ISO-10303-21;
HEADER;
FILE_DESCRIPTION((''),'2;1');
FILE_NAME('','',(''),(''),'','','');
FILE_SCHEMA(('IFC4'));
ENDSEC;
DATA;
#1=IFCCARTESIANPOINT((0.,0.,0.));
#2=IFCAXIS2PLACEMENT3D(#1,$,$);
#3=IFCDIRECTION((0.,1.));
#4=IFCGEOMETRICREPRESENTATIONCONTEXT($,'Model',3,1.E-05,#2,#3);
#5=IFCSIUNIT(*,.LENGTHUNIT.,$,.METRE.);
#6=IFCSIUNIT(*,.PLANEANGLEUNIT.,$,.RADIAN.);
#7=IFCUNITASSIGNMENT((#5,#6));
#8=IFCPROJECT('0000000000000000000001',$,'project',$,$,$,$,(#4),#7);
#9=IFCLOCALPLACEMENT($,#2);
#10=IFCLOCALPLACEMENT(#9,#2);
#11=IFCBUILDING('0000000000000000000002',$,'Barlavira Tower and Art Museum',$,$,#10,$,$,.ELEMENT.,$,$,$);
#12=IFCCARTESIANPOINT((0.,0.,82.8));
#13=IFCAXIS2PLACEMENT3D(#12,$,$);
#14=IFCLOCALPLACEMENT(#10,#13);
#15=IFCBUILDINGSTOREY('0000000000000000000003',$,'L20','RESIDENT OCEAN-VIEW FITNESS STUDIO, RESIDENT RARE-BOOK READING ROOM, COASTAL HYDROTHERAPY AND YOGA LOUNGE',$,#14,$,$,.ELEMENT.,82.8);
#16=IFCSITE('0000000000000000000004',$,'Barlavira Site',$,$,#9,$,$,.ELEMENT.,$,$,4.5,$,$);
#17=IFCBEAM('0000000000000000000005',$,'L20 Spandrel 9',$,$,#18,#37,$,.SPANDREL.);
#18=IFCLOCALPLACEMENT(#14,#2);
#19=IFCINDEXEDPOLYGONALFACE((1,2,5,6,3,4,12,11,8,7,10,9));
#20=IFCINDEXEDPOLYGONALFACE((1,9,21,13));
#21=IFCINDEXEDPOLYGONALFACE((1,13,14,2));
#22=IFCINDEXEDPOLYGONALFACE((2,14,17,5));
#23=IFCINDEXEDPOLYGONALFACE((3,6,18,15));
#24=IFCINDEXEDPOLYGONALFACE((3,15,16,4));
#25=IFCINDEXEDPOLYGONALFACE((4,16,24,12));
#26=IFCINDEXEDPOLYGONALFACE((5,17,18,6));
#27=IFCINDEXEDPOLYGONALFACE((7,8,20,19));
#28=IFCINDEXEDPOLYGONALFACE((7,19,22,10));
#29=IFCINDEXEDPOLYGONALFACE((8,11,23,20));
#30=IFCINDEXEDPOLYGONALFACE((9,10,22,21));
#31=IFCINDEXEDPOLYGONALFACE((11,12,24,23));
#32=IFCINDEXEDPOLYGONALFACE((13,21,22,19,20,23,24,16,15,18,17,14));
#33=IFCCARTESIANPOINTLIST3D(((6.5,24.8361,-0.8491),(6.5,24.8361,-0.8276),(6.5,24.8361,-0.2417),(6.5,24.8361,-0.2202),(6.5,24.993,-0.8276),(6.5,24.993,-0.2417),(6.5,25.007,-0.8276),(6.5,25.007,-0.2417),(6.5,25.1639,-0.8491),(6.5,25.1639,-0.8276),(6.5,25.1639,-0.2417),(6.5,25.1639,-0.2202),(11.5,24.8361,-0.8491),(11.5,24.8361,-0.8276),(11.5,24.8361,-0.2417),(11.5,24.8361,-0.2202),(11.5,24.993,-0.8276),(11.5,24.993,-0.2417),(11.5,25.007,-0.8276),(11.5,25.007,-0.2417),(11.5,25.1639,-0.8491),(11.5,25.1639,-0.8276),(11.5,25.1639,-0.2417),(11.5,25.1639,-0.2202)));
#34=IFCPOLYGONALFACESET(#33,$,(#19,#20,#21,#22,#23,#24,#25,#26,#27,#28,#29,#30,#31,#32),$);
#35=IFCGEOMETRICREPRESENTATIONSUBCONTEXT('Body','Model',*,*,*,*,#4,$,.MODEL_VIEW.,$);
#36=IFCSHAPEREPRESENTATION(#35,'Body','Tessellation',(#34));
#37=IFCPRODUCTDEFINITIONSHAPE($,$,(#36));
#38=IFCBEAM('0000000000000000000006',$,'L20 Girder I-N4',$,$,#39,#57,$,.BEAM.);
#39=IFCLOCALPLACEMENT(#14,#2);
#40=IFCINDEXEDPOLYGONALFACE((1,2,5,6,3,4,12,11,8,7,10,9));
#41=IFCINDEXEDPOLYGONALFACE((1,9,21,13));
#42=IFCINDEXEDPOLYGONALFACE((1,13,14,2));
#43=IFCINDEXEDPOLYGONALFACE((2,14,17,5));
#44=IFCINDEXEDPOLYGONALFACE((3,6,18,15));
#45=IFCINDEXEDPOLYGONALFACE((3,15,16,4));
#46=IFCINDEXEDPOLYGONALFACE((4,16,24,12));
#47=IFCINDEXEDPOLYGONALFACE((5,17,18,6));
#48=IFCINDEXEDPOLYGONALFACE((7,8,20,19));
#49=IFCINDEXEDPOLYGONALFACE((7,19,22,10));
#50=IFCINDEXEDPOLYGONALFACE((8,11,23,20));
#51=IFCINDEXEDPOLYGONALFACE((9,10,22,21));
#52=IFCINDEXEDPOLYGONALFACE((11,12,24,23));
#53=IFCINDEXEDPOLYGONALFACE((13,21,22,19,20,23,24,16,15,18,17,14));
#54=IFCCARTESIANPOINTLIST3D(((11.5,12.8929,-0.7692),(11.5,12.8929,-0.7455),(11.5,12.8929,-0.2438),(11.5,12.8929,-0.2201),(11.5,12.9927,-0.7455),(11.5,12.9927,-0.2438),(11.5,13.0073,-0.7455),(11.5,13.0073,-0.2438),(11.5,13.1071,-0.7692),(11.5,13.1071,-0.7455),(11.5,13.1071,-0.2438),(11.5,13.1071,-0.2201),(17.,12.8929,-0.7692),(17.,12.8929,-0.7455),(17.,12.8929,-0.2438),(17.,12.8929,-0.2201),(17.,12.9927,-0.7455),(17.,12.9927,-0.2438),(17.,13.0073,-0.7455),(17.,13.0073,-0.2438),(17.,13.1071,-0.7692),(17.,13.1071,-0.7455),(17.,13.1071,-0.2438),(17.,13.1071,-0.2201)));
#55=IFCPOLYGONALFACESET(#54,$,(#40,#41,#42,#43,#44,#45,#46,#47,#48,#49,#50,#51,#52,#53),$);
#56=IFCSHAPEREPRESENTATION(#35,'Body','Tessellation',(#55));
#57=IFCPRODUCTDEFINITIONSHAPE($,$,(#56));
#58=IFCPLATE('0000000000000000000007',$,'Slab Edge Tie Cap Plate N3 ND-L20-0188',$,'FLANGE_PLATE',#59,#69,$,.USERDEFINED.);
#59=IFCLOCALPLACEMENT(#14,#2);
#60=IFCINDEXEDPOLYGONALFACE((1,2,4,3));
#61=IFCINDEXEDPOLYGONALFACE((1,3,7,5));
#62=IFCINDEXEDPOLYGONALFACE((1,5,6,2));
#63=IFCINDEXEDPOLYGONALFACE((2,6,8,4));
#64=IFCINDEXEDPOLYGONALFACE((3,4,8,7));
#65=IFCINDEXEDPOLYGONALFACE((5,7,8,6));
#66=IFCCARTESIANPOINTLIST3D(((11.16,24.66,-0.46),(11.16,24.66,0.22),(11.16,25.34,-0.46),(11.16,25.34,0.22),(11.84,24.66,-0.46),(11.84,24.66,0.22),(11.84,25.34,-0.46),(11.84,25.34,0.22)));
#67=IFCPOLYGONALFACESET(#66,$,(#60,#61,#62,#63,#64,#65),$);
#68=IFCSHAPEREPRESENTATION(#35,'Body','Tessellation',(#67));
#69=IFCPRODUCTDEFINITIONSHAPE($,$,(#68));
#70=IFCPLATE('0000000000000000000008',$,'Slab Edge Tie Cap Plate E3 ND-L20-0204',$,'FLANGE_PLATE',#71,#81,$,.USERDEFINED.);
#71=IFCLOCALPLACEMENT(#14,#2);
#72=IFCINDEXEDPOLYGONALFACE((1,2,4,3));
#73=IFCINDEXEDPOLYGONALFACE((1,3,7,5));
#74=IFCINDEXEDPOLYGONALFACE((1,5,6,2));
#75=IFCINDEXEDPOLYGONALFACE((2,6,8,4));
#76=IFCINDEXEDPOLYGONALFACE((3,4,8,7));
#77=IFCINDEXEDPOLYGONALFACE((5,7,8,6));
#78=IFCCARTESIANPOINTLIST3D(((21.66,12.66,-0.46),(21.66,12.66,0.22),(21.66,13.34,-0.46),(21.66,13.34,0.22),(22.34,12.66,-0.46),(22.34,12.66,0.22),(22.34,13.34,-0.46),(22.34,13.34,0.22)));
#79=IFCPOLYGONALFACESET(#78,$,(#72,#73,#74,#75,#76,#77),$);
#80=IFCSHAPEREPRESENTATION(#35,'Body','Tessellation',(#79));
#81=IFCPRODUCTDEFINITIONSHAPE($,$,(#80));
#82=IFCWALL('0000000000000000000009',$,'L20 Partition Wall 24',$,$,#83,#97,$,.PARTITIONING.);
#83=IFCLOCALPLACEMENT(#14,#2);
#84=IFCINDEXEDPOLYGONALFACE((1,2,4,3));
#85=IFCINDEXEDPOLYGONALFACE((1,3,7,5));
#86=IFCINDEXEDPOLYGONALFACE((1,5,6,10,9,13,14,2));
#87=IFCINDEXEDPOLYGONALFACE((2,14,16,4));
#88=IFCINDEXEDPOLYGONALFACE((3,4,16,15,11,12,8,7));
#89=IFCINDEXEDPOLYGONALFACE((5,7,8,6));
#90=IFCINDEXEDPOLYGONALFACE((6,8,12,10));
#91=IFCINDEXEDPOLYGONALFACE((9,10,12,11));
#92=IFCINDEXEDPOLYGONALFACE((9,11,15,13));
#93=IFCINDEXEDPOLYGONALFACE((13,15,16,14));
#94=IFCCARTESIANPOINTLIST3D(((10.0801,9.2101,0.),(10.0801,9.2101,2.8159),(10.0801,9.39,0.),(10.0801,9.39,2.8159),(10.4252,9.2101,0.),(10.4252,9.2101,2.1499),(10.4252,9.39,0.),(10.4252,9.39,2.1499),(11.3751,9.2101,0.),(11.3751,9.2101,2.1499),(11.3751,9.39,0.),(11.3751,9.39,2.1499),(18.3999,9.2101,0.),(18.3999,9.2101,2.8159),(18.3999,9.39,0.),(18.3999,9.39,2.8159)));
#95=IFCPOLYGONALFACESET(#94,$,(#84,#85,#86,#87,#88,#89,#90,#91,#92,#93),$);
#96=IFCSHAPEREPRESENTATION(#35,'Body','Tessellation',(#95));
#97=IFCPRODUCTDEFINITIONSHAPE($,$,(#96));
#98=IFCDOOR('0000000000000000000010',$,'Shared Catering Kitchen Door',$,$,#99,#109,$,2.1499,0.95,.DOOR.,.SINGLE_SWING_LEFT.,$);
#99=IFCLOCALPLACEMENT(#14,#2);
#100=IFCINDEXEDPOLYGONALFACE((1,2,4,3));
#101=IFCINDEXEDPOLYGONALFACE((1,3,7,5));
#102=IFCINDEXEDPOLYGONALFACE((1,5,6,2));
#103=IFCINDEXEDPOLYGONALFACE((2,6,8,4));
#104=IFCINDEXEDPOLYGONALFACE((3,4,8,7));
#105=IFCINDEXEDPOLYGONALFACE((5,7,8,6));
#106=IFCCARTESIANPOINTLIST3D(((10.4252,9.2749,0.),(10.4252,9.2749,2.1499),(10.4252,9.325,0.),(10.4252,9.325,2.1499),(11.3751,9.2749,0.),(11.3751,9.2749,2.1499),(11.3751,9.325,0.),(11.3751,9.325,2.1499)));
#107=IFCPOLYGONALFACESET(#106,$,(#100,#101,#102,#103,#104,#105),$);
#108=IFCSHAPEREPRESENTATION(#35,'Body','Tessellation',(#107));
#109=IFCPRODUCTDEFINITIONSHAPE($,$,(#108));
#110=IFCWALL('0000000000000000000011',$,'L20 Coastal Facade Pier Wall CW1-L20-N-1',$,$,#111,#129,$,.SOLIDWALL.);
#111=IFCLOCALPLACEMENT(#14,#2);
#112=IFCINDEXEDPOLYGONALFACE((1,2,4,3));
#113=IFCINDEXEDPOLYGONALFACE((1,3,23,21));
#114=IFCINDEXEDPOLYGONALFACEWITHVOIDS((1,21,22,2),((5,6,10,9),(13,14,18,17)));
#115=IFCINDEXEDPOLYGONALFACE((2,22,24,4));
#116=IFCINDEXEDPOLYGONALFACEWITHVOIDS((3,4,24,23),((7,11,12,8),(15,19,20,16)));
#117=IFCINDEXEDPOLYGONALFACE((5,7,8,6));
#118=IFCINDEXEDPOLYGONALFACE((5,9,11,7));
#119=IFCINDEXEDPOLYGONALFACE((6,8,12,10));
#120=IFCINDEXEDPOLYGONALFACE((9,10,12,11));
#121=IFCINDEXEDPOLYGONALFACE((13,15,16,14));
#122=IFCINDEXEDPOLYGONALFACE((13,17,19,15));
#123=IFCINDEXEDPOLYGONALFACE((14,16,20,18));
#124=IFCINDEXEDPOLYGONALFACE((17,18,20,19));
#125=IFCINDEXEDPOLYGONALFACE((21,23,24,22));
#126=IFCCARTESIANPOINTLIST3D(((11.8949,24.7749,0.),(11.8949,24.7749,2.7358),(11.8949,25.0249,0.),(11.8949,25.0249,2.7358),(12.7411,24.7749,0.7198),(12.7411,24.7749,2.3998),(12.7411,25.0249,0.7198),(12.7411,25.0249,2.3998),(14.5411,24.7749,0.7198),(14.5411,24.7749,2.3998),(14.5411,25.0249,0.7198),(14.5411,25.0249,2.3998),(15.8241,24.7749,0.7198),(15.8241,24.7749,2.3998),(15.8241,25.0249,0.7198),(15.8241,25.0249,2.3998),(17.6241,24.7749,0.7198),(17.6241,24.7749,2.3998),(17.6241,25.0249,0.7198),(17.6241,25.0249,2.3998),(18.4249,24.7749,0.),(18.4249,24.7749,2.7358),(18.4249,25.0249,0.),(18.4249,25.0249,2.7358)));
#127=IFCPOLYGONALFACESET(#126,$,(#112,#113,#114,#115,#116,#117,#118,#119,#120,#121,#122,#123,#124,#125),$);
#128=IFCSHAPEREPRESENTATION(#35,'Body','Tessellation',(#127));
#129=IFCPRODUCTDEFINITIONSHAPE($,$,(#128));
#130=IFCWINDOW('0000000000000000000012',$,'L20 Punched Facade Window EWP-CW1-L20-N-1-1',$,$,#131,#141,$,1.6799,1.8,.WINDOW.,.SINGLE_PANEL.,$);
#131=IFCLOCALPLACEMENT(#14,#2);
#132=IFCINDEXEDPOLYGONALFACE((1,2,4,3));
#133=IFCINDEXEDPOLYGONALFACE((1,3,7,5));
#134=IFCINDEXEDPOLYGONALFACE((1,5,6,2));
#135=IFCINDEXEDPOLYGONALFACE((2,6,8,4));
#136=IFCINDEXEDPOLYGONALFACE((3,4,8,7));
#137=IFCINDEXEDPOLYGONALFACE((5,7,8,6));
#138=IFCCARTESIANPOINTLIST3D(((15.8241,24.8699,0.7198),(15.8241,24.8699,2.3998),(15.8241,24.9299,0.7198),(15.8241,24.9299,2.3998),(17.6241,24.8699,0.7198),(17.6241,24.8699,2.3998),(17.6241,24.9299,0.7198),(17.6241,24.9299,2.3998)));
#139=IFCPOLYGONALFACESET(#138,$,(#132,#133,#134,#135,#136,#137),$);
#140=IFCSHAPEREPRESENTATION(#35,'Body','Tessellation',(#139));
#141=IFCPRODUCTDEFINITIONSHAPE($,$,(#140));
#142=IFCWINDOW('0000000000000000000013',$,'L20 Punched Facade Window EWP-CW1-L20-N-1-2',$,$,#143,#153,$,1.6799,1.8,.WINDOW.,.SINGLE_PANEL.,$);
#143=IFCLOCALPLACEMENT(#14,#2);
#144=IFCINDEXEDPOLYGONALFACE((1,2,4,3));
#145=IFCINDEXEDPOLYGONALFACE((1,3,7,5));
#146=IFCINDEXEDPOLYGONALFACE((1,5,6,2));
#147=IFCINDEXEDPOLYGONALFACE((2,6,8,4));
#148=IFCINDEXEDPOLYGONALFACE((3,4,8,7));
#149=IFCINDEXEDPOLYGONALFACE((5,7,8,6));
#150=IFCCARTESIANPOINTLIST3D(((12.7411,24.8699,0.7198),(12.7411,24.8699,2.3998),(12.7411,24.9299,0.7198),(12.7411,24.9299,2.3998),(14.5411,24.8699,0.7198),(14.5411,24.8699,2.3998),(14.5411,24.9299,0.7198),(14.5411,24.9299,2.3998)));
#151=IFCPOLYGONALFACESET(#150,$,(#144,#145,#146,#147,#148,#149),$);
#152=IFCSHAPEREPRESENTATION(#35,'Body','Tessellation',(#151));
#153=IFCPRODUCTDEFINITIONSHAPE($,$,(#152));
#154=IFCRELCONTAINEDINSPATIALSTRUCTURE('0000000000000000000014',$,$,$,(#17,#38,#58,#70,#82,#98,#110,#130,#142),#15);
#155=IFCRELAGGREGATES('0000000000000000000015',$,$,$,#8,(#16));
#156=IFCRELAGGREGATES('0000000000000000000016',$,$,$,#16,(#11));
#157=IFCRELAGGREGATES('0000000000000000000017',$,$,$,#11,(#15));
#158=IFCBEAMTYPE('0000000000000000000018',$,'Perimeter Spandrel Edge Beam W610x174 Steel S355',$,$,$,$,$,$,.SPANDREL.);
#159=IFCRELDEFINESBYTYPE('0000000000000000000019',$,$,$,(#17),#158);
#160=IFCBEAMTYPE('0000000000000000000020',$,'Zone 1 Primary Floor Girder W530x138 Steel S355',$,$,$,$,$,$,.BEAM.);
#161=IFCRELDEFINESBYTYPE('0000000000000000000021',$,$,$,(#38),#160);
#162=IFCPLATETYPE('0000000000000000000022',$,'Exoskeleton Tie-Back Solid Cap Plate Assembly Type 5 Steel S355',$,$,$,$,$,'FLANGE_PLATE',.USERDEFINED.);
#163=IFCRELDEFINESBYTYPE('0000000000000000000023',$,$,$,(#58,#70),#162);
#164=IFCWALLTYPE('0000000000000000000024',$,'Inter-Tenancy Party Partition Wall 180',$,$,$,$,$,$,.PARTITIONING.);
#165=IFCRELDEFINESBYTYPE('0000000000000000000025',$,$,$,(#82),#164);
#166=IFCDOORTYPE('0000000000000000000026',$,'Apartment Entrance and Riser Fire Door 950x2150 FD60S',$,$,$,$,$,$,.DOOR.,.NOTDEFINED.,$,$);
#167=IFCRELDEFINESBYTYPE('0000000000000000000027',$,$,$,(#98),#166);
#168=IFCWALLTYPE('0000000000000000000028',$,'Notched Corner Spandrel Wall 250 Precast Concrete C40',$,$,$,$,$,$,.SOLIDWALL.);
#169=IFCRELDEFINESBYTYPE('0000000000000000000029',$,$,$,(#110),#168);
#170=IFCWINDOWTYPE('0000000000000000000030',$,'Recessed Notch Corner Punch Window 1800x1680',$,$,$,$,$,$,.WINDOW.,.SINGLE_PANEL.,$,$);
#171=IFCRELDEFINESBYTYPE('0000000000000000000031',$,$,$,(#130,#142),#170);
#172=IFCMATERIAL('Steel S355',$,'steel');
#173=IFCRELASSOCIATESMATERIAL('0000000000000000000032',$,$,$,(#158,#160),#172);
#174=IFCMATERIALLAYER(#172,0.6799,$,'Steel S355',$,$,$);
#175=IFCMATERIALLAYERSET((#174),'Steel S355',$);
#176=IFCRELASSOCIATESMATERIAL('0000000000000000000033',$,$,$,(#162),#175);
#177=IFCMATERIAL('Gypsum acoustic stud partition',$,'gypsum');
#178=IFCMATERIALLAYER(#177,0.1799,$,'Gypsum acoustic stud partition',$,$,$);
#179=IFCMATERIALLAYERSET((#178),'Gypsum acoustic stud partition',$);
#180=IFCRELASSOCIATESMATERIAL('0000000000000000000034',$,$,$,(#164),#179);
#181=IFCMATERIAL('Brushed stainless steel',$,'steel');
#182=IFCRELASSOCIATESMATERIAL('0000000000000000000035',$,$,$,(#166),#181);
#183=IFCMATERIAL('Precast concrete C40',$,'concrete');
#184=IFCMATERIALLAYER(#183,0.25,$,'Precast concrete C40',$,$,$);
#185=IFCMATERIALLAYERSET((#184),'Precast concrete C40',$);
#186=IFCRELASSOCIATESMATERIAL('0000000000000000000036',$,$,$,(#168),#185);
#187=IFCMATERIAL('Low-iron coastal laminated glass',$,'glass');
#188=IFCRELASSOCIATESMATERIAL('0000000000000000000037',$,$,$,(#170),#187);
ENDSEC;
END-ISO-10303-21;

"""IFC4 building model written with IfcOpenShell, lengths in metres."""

from ifc_helpers import new_model, si_unit, direction, frame, frame_2d, origin, origin_2d, place, context, subcontext, project, spatial, rectangle, i_section, extrude, material, layer, layer_set, material_profile, profile_set, type_object, element, fill, save


model = new_model("IFC4")

# Units and contexts
model_context = context("Model", 3, precision=1e-05, world=origin(), true_north=direction((0.0, 1.0)))
body_context = subcontext(model_context, "Body", "Model", "MODEL_VIEW")
ifc_project = project(units=[si_unit("LENGTHUNIT", "METRE"), si_unit("PLANEANGLEUNIT", "RADIAN")], contexts=[model_context])

# Site, building, storey
site_placement = place(None, origin())
site = spatial("IfcSite", under=ifc_project, at=site_placement, Name="Barlavira Site", CompositionType="ELEMENT", RefElevation=4.5)
building_placement = place(site_placement, origin())
building = spatial("IfcBuilding", under=site, at=building_placement, Name="Barlavira Tower and Art Museum", CompositionType="ELEMENT")
storey_placement = place(building_placement, frame((0.0, 0.0, 82.8)))
storey = spatial("IfcBuildingStorey", under=building, at=storey_placement, Name="L20", Description="RESIDENT OCEAN-VIEW FITNESS STUDIO, RESIDENT RARE-BOOK READING ROOM, COASTAL HYDROTHERAPY AND YOGA LOUNGE", CompositionType="ELEMENT", Elevation=82.8)

# Shared definitions
ifc_material_1 = material(Name="Steel S355", Category="steel")

# Beams
ifc_material_profile_1 = material_profile(ifc_material_1, i_section(OverallWidth=0.3279, OverallDepth=0.6289, WebThickness=0.0139, FlangeThickness=0.0215, at=origin_2d()), Name="W610x174.0")
ifc_profile_set_1 = profile_set([ifc_material_profile_1], Name="Steel S355")
beam_type_1 = type_object("IfcBeamType", Name="Perimeter Spandrel Edge Beam W610x174 Steel S355", PredefinedType="SPANDREL", material=ifc_profile_set_1)
beam_1_placement = place(storey_placement, frame((6.5, 25.0, -0.5347), z_axis=(1.0, 0.0, 0.0), x_axis=(0.0, 1.0, 0.0)))
element("IfcBeam", 1, at=beam_1_placement, inside=storey, type_object=beam_type_1, Name="L20 Spandrel 9", PredefinedType="SPANDREL", context=body_context, shape_type="SweptSolid", body=[
    extrude(i_section(OverallWidth=0.3279, OverallDepth=0.6289, WebThickness=0.0139, FlangeThickness=0.0215, at=origin_2d()), origin(), (0.0, 0.0, 1.0), 5.0),
])
ifc_material_profile_2 = material_profile(ifc_material_1, i_section(OverallWidth=0.2141, OverallDepth=0.5491, WebThickness=0.0146, FlangeThickness=0.0237, at=origin_2d()), Name="W530x138.0")
ifc_profile_set_2 = profile_set([ifc_material_profile_2], Name="Steel S355")
beam_type_2 = type_object("IfcBeamType", Name="Zone 1 Primary Floor Girder W530x138 Steel S355", PredefinedType="BEAM", material=ifc_profile_set_2)
beam_2_placement = place(storey_placement, frame((11.5, 13.0, -0.4946), z_axis=(1.0, 0.0, 0.0), x_axis=(0.0, 1.0, 0.0)))
element("IfcBeam", 2, at=beam_2_placement, inside=storey, type_object=beam_type_2, Name="L20 Girder I-N4", PredefinedType="BEAM", context=body_context, shape_type="SweptSolid", body=[
    extrude(i_section(OverallWidth=0.2141, OverallDepth=0.5491, WebThickness=0.0146, FlangeThickness=0.0237, at=origin_2d()), origin(), (0.0, 0.0, 1.0), 5.5),
])

# Plates
ifc_layer_1 = layer(ifc_material_1, 0.6799, Name="Steel S355")
ifc_layer_set_1 = layer_set([ifc_layer_1], Name="Steel S355")
plate_type = type_object("IfcPlateType", Name="Exoskeleton Tie-Back Solid Cap Plate Assembly Type 5 Steel S355", ElementType="FLANGE_PLATE", PredefinedType="USERDEFINED", material=ifc_layer_set_1)
for number, where, z_axis, x_axis, name in (
    (3, (11.5, 25.0, -0.46), (0.0, 0.0, 1.0), (1.0, 0.0, 0.0), "Slab Edge Tie Cap Plate N3 ND-L20-0188"),
    (4, (22.0, 13.0, -0.46), (0.0, 0.0, 1.0), (1.0, 0.0, 0.0), "Slab Edge Tie Cap Plate E3 ND-L20-0204"),
):
    element("IfcPlate", number, at=place(storey_placement, frame(where, z_axis=z_axis, x_axis=x_axis)), inside=storey, type_object=plate_type, Name=name, ObjectType="FLANGE_PLATE", PredefinedType="USERDEFINED", context=body_context, shape_type="SweptSolid", body=[
        extrude(rectangle(XDim=0.6799, YDim=0.6799, at=origin_2d()), origin(), (0.0, 0.0, 1.0), 0.6799),
    ])

# Wall, opening, door
ifc_material_2 = material(Name="Gypsum acoustic stud partition", Category="gypsum")
ifc_layer_2 = layer(ifc_material_2, 0.1799, Name="Gypsum acoustic stud partition")
ifc_layer_set_2 = layer_set([ifc_layer_2], Name="Gypsum acoustic stud partition")
wall_type_1 = type_object("IfcWallType", Name="Inter-Tenancy Party Partition Wall 180", PredefinedType="PARTITIONING", material=ifc_layer_set_2)
wall_1_placement = place(storey_placement, frame((10.0801, 9.3, 0.0), z_axis=(0.0, 0.0, 1.0), x_axis=(1.0, 0.0, 0.0)))
wall_1 = element("IfcWall", 5, at=wall_1_placement, inside=storey, type_object=wall_type_1, Name="L20 Partition Wall 24", PredefinedType="PARTITIONING", context=body_context, shape_type="SweptSolid", body=[
    extrude(rectangle(XDim=8.3198, YDim=0.1799, at=frame_2d((4.1599, 0.0))), origin(), (0.0, 0.0, 1.0), 2.8159),
])
opening_1_placement = place(wall_1_placement, frame((0.345, 0.0, 0.0)))
opening_1 = element("IfcOpeningElement", 6, at=opening_1_placement, cuts=wall_1, PredefinedType="OPENING", context=body_context, shape_type="SweptSolid", body=[
    extrude(rectangle(XDim=0.95, YDim=2.1499, at=frame_2d((0.4751, 1.075))), frame((0.0, 0.1001, 0.0), z_axis=(0.0, -1.0, 0.0), x_axis=(1.0, 0.0, 0.0)), (0.0, 0.0, 1.0), 0.2),
])
ifc_material_3 = material(Name="Brushed stainless steel", Category="steel")
door_type = type_object("IfcDoorType", Name="Apartment Entrance and Riser Fire Door 950x2150 FD60S", OperationType="NOTDEFINED", PredefinedType="DOOR", material=ifc_material_3)
door_placement = place(opening_1_placement, origin())
door = element("IfcDoor", 7, at=door_placement, inside=storey, type_object=door_type, Name="Shared Catering Kitchen Door", OperationType="SINGLE_SWING_LEFT", OverallHeight=2.1499, OverallWidth=0.95, PredefinedType="DOOR", context=body_context, shape_type="SweptSolid", body=[
    extrude(rectangle(XDim=0.95, YDim=2.1499, at=frame_2d((0.4751, 1.075))), frame((0.0, 0.0249, 0.0), z_axis=(0.0, -1.0, 0.0), x_axis=(1.0, 0.0, 0.0)), (0.0, 0.0, 1.0), 0.05),
])
fill(opening_1, door)

# Wall, openings, windows
ifc_material_4 = material(Name="Precast concrete C40", Category="concrete")
ifc_layer_3 = layer(ifc_material_4, 0.25, Name="Precast concrete C40")
ifc_layer_set_3 = layer_set([ifc_layer_3], Name="Precast concrete C40")
wall_type_2 = type_object("IfcWallType", Name="Notched Corner Spandrel Wall 250 Precast Concrete C40", PredefinedType="SOLIDWALL", material=ifc_layer_set_3)
wall_2_placement = place(storey_placement, frame((18.425, 24.8999, 0.0), z_axis=(0.0, 0.0, 1.0), x_axis=(-1.0, 0.0, 0.0)))
wall_2 = element("IfcWall", 8, at=wall_2_placement, inside=storey, type_object=wall_type_2, Name="L20 Coastal Facade Pier Wall CW1-L20-N-1", PredefinedType="SOLIDWALL", context=body_context, shape_type="SweptSolid", body=[
    extrude(rectangle(XDim=6.53, YDim=0.25, at=frame_2d((3.2651, 0.0))), origin(), (0.0, 0.0, 1.0), 2.7358),
])
opening_2_placement = place(wall_2_placement, frame((0.801, 0.0, 0.72)))
opening_2 = element("IfcOpeningElement", 9, at=opening_2_placement, cuts=wall_2, PredefinedType="OPENING", context=body_context, shape_type="SweptSolid", body=[
    extrude(rectangle(XDim=1.8, YDim=1.6799, at=frame_2d((0.8999, 0.8398))), frame((0.0, 0.135, 0.0), z_axis=(0.0, -1.0, 0.0), x_axis=(1.0, 0.0, 0.0)), (0.0, 0.0, 1.0), 0.27),
])
opening_3_placement = place(wall_2_placement, frame((3.884, 0.0, 0.72)))
opening_3 = element("IfcOpeningElement", 10, at=opening_3_placement, cuts=wall_2, PredefinedType="OPENING", context=body_context, shape_type="SweptSolid", body=[
    extrude(rectangle(XDim=1.8, YDim=1.6799, at=frame_2d((0.8999, 0.8398))), frame((0.0, 0.135, 0.0), z_axis=(0.0, -1.0, 0.0), x_axis=(1.0, 0.0, 0.0)), (0.0, 0.0, 1.0), 0.27),
])
ifc_material_5 = material(Name="Low-iron coastal laminated glass", Category="glass")
window_type = type_object("IfcWindowType", Name="Recessed Notch Corner Punch Window 1800x1680", PartitioningType="SINGLE_PANEL", PredefinedType="WINDOW", material=ifc_material_5)
window_1_placement = place(opening_2_placement, origin())
window_1 = element("IfcWindow", 11, at=window_1_placement, inside=storey, type_object=window_type, Name="L20 Punched Facade Window EWP-CW1-L20-N-1-1", OverallHeight=1.6799, OverallWidth=1.8, PartitioningType="SINGLE_PANEL", PredefinedType="WINDOW", context=body_context, shape_type="SweptSolid", body=[
    extrude(rectangle(XDim=1.8, YDim=1.6799, at=frame_2d((0.8999, 0.8398))), frame((0.0, 0.03, 0.0), z_axis=(0.0, -1.0, 0.0), x_axis=(1.0, 0.0, 0.0)), (0.0, 0.0, 1.0), 0.0601),
])
fill(opening_2, window_1)
window_2_placement = place(opening_3_placement, origin())
window_2 = element("IfcWindow", 12, at=window_2_placement, inside=storey, type_object=window_type, Name="L20 Punched Facade Window EWP-CW1-L20-N-1-2", OverallHeight=1.6799, OverallWidth=1.8, PartitioningType="SINGLE_PANEL", PredefinedType="WINDOW", context=body_context, shape_type="SweptSolid", body=[
    extrude(rectangle(XDim=1.8, YDim=1.6799, at=frame_2d((0.8999, 0.8398))), frame((0.0, 0.03, 0.0), z_axis=(0.0, -1.0, 0.0), x_axis=(1.0, 0.0, 0.0)), (0.0, 0.0, 1.0), 0.0601),
])
fill(opening_3, window_2)

save(model, "model.ifc")
